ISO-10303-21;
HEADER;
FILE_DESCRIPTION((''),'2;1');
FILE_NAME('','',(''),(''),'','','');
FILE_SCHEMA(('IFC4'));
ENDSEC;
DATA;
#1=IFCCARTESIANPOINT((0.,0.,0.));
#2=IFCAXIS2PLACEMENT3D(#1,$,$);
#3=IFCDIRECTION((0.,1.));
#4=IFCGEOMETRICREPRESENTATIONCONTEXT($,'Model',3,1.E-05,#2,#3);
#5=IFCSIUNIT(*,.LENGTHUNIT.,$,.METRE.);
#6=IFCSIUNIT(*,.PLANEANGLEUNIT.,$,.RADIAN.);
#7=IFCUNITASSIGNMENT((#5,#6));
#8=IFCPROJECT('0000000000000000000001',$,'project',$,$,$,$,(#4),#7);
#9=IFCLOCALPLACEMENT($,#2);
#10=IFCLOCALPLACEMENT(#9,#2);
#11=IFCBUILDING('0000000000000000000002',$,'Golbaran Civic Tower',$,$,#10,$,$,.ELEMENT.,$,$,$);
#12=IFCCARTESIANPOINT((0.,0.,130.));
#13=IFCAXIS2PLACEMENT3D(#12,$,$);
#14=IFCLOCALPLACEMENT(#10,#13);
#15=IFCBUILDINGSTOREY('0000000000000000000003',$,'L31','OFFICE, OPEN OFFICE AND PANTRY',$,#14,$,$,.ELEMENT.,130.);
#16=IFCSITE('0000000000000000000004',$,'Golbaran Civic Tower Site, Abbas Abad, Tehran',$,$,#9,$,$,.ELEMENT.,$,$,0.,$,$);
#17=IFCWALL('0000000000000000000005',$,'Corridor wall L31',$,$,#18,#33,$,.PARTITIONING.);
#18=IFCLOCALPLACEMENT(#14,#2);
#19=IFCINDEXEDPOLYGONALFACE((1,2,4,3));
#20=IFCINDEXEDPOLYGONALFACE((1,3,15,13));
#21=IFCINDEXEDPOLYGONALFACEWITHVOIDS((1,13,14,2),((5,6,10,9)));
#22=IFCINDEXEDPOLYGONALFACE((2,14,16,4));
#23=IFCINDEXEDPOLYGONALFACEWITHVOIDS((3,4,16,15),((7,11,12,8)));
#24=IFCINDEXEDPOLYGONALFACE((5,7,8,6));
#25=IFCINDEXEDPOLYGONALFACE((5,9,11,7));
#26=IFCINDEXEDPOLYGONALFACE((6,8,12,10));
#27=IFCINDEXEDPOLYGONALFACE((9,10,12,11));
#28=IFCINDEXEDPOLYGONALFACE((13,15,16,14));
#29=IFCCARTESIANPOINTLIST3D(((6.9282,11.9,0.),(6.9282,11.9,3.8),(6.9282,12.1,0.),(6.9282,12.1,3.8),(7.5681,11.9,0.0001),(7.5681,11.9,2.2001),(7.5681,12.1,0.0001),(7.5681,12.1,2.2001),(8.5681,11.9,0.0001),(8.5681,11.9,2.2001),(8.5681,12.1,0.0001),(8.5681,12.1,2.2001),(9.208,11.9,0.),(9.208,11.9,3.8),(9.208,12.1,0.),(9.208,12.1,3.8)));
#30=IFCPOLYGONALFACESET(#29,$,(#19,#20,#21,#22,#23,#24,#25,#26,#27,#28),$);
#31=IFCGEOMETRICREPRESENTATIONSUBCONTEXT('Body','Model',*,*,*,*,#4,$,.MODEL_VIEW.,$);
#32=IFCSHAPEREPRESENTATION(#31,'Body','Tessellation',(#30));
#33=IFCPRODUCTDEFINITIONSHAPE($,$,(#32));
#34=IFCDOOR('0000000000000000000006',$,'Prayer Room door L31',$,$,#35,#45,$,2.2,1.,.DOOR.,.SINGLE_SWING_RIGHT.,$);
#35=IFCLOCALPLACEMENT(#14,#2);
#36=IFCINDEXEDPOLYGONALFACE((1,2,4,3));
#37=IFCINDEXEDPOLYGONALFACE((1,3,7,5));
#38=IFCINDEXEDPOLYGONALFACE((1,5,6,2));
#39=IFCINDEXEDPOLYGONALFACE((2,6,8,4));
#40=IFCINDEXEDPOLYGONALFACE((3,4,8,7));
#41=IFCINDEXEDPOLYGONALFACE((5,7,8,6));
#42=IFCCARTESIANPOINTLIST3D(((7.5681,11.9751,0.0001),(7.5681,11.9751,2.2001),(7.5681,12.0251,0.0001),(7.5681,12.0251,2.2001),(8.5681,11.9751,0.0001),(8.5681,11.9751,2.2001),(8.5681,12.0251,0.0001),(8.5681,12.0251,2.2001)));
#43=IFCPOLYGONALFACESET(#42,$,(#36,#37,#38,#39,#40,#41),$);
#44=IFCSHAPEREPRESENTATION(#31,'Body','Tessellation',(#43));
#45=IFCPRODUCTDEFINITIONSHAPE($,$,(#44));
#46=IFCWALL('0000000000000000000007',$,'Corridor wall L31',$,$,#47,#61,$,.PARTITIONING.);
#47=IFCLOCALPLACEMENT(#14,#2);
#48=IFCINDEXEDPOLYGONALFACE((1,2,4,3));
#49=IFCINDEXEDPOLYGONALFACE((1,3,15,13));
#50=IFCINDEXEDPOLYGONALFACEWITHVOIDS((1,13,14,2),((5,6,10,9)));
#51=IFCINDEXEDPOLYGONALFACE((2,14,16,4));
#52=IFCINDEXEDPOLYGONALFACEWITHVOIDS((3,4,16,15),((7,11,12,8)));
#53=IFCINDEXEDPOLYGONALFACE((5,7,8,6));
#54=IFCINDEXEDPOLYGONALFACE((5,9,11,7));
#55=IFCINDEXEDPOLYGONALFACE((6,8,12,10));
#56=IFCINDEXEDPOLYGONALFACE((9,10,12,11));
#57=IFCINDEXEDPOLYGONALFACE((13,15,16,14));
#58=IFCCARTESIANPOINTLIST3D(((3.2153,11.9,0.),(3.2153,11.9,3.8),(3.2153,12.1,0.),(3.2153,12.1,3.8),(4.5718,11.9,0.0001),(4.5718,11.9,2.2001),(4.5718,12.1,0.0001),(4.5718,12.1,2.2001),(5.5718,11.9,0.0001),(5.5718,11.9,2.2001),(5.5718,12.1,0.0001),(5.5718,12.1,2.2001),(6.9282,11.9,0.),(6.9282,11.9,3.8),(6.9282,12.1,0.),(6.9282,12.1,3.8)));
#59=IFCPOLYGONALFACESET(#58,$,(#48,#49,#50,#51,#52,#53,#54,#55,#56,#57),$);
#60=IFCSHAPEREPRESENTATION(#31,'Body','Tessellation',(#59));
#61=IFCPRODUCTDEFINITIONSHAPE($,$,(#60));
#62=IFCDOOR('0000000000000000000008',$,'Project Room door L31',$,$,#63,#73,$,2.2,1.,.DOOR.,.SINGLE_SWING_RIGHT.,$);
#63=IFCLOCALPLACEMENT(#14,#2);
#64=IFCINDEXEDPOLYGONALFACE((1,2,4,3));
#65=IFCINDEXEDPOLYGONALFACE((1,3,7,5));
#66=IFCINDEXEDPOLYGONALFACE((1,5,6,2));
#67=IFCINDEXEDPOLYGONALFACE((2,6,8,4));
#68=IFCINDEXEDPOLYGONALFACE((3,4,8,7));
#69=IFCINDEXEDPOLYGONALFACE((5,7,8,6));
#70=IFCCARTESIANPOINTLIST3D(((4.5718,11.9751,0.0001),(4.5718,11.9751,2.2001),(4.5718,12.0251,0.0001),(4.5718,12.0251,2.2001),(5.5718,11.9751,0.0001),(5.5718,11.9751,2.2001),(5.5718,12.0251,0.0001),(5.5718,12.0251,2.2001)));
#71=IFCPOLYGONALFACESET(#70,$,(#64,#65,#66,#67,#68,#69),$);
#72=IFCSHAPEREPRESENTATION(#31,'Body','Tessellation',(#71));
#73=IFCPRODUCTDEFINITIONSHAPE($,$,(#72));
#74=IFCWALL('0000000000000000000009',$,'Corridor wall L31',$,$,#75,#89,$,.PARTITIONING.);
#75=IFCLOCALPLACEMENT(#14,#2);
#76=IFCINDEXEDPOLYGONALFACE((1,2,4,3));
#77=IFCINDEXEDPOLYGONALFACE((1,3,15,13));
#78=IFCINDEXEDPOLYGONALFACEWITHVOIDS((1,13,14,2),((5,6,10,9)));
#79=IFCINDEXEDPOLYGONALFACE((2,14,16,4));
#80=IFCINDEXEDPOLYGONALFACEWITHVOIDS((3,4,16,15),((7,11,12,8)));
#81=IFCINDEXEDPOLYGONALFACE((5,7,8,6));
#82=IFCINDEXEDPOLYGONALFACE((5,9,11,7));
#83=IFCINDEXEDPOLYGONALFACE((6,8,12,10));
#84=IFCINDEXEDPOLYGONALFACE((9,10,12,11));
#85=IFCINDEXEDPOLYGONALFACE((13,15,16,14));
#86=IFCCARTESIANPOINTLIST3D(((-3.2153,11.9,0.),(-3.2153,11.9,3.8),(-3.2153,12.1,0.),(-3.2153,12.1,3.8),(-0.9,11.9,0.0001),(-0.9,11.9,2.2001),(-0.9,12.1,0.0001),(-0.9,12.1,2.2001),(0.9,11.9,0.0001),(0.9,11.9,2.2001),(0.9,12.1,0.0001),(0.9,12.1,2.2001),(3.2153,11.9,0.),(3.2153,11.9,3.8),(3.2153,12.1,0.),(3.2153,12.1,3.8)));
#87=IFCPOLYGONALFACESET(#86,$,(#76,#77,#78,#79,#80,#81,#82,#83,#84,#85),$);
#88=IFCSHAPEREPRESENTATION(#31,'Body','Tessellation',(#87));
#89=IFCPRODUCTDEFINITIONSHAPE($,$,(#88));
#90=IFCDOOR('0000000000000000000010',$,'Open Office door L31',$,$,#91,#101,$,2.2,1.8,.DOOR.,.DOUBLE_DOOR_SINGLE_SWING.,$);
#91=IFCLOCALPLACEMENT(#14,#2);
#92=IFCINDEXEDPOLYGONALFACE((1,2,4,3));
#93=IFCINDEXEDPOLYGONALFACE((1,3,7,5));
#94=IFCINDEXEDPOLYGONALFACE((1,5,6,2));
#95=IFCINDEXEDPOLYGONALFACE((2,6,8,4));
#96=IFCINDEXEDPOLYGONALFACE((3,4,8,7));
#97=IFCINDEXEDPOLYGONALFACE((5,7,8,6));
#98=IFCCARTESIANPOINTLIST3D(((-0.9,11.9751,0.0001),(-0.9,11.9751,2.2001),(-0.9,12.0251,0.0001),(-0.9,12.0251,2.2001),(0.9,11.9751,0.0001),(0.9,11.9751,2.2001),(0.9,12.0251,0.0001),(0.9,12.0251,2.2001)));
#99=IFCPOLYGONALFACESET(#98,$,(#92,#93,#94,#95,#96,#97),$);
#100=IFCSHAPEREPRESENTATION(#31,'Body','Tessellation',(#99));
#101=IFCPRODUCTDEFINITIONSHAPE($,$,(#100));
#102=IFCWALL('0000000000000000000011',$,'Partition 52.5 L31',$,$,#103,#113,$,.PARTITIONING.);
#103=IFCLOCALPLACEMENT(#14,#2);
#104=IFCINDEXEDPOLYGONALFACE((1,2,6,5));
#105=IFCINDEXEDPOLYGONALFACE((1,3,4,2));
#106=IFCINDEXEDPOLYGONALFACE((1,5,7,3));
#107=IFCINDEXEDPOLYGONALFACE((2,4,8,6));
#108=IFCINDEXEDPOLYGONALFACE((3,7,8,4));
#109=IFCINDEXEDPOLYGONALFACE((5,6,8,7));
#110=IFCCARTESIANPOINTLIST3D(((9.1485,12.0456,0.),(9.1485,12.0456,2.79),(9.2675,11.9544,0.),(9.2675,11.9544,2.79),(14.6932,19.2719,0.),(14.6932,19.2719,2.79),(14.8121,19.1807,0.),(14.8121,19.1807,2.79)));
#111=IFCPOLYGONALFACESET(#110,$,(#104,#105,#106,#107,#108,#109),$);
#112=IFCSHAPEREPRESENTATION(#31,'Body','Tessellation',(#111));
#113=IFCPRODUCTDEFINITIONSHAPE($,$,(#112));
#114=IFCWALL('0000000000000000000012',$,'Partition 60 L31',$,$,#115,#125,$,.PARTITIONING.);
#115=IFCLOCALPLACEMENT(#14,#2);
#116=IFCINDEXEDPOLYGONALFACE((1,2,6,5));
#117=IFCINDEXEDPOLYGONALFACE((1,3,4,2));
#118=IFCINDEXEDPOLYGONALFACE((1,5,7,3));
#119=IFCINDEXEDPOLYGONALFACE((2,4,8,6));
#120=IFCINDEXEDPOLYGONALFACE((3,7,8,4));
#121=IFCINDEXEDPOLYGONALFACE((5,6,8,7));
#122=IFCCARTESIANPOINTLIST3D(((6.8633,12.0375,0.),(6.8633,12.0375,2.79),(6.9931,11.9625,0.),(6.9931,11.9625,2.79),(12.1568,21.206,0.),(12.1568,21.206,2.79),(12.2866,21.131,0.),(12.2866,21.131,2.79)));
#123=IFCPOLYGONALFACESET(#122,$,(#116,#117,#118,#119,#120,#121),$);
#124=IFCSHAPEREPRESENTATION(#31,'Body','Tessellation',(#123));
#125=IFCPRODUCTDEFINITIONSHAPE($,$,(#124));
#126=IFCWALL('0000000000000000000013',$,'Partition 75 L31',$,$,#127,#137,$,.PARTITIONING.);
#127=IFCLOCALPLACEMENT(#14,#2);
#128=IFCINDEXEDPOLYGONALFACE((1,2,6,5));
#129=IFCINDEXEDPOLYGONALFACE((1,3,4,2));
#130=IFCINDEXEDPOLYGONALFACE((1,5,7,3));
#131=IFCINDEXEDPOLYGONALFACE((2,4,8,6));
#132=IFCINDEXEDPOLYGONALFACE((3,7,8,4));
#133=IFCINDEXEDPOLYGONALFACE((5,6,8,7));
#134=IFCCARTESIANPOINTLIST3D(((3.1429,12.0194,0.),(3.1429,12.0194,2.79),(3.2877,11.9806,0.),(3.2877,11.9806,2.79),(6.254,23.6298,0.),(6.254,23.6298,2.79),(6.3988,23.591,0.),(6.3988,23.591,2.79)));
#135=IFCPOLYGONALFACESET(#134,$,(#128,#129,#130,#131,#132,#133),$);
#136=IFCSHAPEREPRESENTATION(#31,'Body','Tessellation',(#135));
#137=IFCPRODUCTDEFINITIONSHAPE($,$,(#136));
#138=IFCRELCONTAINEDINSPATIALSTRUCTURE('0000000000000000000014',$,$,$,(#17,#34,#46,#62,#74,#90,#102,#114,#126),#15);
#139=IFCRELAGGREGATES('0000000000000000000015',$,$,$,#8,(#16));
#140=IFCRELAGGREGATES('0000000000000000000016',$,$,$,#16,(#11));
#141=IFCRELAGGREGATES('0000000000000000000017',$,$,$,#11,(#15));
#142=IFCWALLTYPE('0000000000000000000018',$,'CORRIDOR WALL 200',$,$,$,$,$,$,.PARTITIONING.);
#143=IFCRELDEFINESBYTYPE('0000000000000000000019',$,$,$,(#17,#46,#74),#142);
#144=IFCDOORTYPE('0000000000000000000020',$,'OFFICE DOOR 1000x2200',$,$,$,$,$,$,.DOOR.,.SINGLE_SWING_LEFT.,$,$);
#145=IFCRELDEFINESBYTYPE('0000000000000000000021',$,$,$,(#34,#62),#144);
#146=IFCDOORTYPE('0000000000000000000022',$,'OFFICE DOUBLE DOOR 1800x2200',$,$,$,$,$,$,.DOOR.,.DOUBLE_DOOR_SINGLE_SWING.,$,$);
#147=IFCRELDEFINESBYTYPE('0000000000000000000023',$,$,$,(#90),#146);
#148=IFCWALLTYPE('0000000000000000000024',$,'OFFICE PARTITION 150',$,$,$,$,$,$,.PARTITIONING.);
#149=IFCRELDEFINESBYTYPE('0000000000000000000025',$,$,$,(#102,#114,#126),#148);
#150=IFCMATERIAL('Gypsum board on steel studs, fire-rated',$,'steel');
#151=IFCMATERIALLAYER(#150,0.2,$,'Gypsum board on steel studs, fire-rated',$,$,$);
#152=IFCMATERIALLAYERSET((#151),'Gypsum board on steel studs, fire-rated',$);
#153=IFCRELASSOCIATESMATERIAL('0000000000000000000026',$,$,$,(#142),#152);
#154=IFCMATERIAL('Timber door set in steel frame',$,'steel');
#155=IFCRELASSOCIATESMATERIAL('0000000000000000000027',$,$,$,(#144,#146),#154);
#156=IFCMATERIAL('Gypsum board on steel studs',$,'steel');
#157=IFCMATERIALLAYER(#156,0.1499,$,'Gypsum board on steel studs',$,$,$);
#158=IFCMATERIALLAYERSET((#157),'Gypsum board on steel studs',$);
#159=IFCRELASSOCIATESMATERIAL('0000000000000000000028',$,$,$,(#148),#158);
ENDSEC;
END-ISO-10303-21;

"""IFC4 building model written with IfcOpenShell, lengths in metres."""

from ifc_helpers import new_model, si_unit, direction, frame, frame_2d, origin, place, context, subcontext, project, spatial, rectangle, extrude, material, layer, layer_set, type_object, element, fill, save


model = new_model("IFC4")

# Units and contexts
model_context = context("Model", 3, precision=1e-05, world=origin(), true_north=direction((0.0, 1.0)))
body_context = subcontext(model_context, "Body", "Model", "MODEL_VIEW")
ifc_project = project(units=[si_unit("LENGTHUNIT", "METRE"), si_unit("PLANEANGLEUNIT", "RADIAN")], contexts=[model_context])

# Site, building, storey
site_placement = place(None, origin())
site = spatial("IfcSite", under=ifc_project, at=site_placement, Name="Golbaran Civic Tower Site, Abbas Abad, Tehran", CompositionType="ELEMENT", RefElevation=0.0)
building_placement = place(site_placement, origin())
building = spatial("IfcBuilding", under=site, at=building_placement, Name="Golbaran Civic Tower", CompositionType="ELEMENT")
storey_placement = place(building_placement, frame((0.0, 0.0, 130.0)))
storey = spatial("IfcBuildingStorey", under=building, at=storey_placement, Name="L31", Description="OFFICE, OPEN OFFICE AND PANTRY", CompositionType="ELEMENT", Elevation=130.0)

# Shared definitions
ifc_material_1 = material(Name="Timber door set in steel frame", Category="steel")

# Shared definitions
ifc_material_2 = material(Name="Gypsum board on steel studs, fire-rated", Category="steel")
ifc_layer_1 = layer(ifc_material_2, 0.2, Name="Gypsum board on steel studs, fire-rated")
ifc_layer_set_1 = layer_set([ifc_layer_1], Name="Gypsum board on steel studs, fire-rated")
wall_type_1 = type_object("IfcWallType", Name="CORRIDOR WALL 200", PredefinedType="PARTITIONING", material=ifc_layer_set_1)

# Walls, openings, doors
wall_1_placement = place(storey_placement, frame((9.208, 12.0, 0.0), z_axis=(0.0, 0.0, 1.0), x_axis=(-1.0, 0.0, 0.0)))
wall_1 = element("IfcWall", 1, at=wall_1_placement, inside=storey, type_object=wall_type_1, Name="Corridor wall L31", PredefinedType="PARTITIONING", context=body_context, shape_type="SweptSolid", body=[
    extrude(rectangle(XDim=2.2798, YDim=0.2, at=frame_2d((1.1399, 0.0))), origin(), (0.0, 0.0, 1.0), 3.8),
])
opening_1_placement = place(wall_1_placement, frame((0.6399, 0.0, 0.0)))
opening_1 = element("IfcOpeningElement", 2, at=opening_1_placement, cuts=wall_1, PredefinedType="OPENING", context=body_context, shape_type="SweptSolid", body=[
    extrude(rectangle(XDim=1.0, YDim=2.2, at=frame_2d((0.5, 1.1001))), frame((0.0, 0.1099, 0.0), z_axis=(0.0, -1.0, 0.0), x_axis=(1.0, 0.0, 0.0)), (0.0, 0.0, 1.0), 0.22),
])
door_type_1 = type_object("IfcDoorType", Name="OFFICE DOOR 1000x2200", OperationType="SINGLE_SWING_LEFT", PredefinedType="DOOR", material=ifc_material_1)
door_1_placement = place(opening_1_placement, origin())
door_1 = element("IfcDoor", 3, at=door_1_placement, inside=storey, type_object=door_type_1, Name="Prayer Room door L31", OperationType="SINGLE_SWING_RIGHT", OverallHeight=2.2, OverallWidth=1.0, PredefinedType="DOOR", context=body_context, shape_type="SweptSolid", body=[
    extrude(rectangle(XDim=1.0, YDim=2.2, at=frame_2d((0.5, 1.1001))), frame((0.0, 0.0249, 0.0), z_axis=(0.0, -1.0, 0.0), x_axis=(1.0, 0.0, 0.0)), (0.0, 0.0, 1.0), 0.05),
])
fill(opening_1, door_1)
wall_2_placement = place(storey_placement, frame((6.9282, 12.0, 0.0), z_axis=(0.0, 0.0, 1.0), x_axis=(-1.0, 0.0, 0.0)))
wall_2 = element("IfcWall", 4, at=wall_2_placement, inside=storey, type_object=wall_type_1, Name="Corridor wall L31", PredefinedType="PARTITIONING", context=body_context, shape_type="SweptSolid", body=[
    extrude(rectangle(XDim=3.7129, YDim=0.2, at=frame_2d((1.8564, 0.0))), origin(), (0.0, 0.0, 1.0), 3.8),
])
opening_2_placement = place(wall_2_placement, frame((1.3564, 0.0, 0.0)))
opening_2 = element("IfcOpeningElement", 5, at=opening_2_placement, cuts=wall_2, PredefinedType="OPENING", context=body_context, shape_type="SweptSolid", body=[
    extrude(rectangle(XDim=1.0, YDim=2.2, at=frame_2d((0.5, 1.1001))), frame((0.0, 0.1099, 0.0), z_axis=(0.0, -1.0, 0.0), x_axis=(1.0, 0.0, 0.0)), (0.0, 0.0, 1.0), 0.22),
])
door_2_placement = place(opening_2_placement, origin())
door_2 = element("IfcDoor", 6, at=door_2_placement, inside=storey, type_object=door_type_1, Name="Project Room door L31", OperationType="SINGLE_SWING_RIGHT", OverallHeight=2.2, OverallWidth=1.0, PredefinedType="DOOR", context=body_context, shape_type="SweptSolid", body=[
    extrude(rectangle(XDim=1.0, YDim=2.2, at=frame_2d((0.5, 1.1001))), frame((0.0, 0.0249, 0.0), z_axis=(0.0, -1.0, 0.0), x_axis=(1.0, 0.0, 0.0)), (0.0, 0.0, 1.0), 0.05),
])
fill(opening_2, door_2)
wall_3_placement = place(storey_placement, frame((3.2153, 12.0, 0.0), z_axis=(0.0, 0.0, 1.0), x_axis=(-1.0, 0.0, 0.0)))
wall_3 = element("IfcWall", 7, at=wall_3_placement, inside=storey, type_object=wall_type_1, Name="Corridor wall L31", PredefinedType="PARTITIONING", context=body_context, shape_type="SweptSolid", body=[
    extrude(rectangle(XDim=6.4307, YDim=0.2, at=frame_2d((3.2153, 0.0))), origin(), (0.0, 0.0, 1.0), 3.8),
])
opening_3_placement = place(wall_3_placement, frame((2.3154, 0.0, 0.0)))
opening_3 = element("IfcOpeningElement", 8, at=opening_3_placement, cuts=wall_3, PredefinedType="OPENING", context=body_context, shape_type="SweptSolid", body=[
    extrude(rectangle(XDim=1.8, YDim=2.2, at=frame_2d((0.8999, 1.1001))), frame((0.0, 0.1099, 0.0), z_axis=(0.0, -1.0, 0.0), x_axis=(1.0, 0.0, 0.0)), (0.0, 0.0, 1.0), 0.22),
])
door_type_2 = type_object("IfcDoorType", Name="OFFICE DOUBLE DOOR 1800x2200", OperationType="DOUBLE_DOOR_SINGLE_SWING", PredefinedType="DOOR", material=ifc_material_1)
door_3_placement = place(opening_3_placement, origin())
door_3 = element("IfcDoor", 9, at=door_3_placement, inside=storey, type_object=door_type_2, Name="Open Office door L31", OperationType="DOUBLE_DOOR_SINGLE_SWING", OverallHeight=2.2, OverallWidth=1.8, PredefinedType="DOOR", context=body_context, shape_type="SweptSolid", body=[
    extrude(rectangle(XDim=1.8, YDim=2.2, at=frame_2d((0.8999, 1.1001))), frame((0.0, 0.0249, 0.0), z_axis=(0.0, -1.0, 0.0), x_axis=(1.0, 0.0, 0.0)), (0.0, 0.0, 1.0), 0.05),
])
fill(opening_3, door_3)

# Walls
ifc_material_3 = material(Name="Gypsum board on steel studs", Category="steel")
ifc_layer_2 = layer(ifc_material_3, 0.1499, Name="Gypsum board on steel studs")
ifc_layer_set_2 = layer_set([ifc_layer_2], Name="Gypsum board on steel studs")
wall_type_2 = type_object("IfcWallType", Name="OFFICE PARTITION 150", PredefinedType="PARTITIONING", material=ifc_layer_set_2)
wall_4_placement = place(storey_placement, frame((9.208, 12.0, 0.0), z_axis=(0.0, 0.0, 1.0), x_axis=(0.608743, 0.793368, 0.0)))
element("IfcWall", 10, at=wall_4_placement, inside=storey, type_object=wall_type_2, Name="Partition 52.5 L31", PredefinedType="PARTITIONING", context=body_context, shape_type="SweptSolid", body=[
    extrude(rectangle(XDim=9.1084, YDim=0.1499, at=frame_2d((4.5542, 0.0))), origin(), (0.0, 0.0, 1.0), 2.79),
])
wall_5_placement = place(storey_placement, frame((6.9282, 12.0, 0.0), z_axis=(0.0, 0.0, 1.0), x_axis=(0.500003, 0.866024, 0.0)))
element("IfcWall", 11, at=wall_5_placement, inside=storey, type_object=wall_type_2, Name="Partition 60 L31", PredefinedType="PARTITIONING", context=body_context, shape_type="SweptSolid", body=[
    extrude(rectangle(XDim=10.5869, YDim=0.1499, at=frame_2d((5.2935, 0.0))), origin(), (0.0, 0.0, 1.0), 2.79),
])
wall_6_placement = place(storey_placement, frame((3.2153, 12.0, 0.0), z_axis=(0.0, 0.0, 1.0), x_axis=(0.258827, 0.965924, 0.0)))
element("IfcWall", 12, at=wall_6_placement, inside=storey, type_object=wall_type_2, Name="Partition 75 L31", PredefinedType="PARTITIONING", context=body_context, shape_type="SweptSolid", body=[
    extrude(rectangle(XDim=12.02, YDim=0.1499, at=frame_2d((6.01, 0.0))), origin(), (0.0, 0.0, 1.0), 2.79),
])

save(model, "model.ifc")
